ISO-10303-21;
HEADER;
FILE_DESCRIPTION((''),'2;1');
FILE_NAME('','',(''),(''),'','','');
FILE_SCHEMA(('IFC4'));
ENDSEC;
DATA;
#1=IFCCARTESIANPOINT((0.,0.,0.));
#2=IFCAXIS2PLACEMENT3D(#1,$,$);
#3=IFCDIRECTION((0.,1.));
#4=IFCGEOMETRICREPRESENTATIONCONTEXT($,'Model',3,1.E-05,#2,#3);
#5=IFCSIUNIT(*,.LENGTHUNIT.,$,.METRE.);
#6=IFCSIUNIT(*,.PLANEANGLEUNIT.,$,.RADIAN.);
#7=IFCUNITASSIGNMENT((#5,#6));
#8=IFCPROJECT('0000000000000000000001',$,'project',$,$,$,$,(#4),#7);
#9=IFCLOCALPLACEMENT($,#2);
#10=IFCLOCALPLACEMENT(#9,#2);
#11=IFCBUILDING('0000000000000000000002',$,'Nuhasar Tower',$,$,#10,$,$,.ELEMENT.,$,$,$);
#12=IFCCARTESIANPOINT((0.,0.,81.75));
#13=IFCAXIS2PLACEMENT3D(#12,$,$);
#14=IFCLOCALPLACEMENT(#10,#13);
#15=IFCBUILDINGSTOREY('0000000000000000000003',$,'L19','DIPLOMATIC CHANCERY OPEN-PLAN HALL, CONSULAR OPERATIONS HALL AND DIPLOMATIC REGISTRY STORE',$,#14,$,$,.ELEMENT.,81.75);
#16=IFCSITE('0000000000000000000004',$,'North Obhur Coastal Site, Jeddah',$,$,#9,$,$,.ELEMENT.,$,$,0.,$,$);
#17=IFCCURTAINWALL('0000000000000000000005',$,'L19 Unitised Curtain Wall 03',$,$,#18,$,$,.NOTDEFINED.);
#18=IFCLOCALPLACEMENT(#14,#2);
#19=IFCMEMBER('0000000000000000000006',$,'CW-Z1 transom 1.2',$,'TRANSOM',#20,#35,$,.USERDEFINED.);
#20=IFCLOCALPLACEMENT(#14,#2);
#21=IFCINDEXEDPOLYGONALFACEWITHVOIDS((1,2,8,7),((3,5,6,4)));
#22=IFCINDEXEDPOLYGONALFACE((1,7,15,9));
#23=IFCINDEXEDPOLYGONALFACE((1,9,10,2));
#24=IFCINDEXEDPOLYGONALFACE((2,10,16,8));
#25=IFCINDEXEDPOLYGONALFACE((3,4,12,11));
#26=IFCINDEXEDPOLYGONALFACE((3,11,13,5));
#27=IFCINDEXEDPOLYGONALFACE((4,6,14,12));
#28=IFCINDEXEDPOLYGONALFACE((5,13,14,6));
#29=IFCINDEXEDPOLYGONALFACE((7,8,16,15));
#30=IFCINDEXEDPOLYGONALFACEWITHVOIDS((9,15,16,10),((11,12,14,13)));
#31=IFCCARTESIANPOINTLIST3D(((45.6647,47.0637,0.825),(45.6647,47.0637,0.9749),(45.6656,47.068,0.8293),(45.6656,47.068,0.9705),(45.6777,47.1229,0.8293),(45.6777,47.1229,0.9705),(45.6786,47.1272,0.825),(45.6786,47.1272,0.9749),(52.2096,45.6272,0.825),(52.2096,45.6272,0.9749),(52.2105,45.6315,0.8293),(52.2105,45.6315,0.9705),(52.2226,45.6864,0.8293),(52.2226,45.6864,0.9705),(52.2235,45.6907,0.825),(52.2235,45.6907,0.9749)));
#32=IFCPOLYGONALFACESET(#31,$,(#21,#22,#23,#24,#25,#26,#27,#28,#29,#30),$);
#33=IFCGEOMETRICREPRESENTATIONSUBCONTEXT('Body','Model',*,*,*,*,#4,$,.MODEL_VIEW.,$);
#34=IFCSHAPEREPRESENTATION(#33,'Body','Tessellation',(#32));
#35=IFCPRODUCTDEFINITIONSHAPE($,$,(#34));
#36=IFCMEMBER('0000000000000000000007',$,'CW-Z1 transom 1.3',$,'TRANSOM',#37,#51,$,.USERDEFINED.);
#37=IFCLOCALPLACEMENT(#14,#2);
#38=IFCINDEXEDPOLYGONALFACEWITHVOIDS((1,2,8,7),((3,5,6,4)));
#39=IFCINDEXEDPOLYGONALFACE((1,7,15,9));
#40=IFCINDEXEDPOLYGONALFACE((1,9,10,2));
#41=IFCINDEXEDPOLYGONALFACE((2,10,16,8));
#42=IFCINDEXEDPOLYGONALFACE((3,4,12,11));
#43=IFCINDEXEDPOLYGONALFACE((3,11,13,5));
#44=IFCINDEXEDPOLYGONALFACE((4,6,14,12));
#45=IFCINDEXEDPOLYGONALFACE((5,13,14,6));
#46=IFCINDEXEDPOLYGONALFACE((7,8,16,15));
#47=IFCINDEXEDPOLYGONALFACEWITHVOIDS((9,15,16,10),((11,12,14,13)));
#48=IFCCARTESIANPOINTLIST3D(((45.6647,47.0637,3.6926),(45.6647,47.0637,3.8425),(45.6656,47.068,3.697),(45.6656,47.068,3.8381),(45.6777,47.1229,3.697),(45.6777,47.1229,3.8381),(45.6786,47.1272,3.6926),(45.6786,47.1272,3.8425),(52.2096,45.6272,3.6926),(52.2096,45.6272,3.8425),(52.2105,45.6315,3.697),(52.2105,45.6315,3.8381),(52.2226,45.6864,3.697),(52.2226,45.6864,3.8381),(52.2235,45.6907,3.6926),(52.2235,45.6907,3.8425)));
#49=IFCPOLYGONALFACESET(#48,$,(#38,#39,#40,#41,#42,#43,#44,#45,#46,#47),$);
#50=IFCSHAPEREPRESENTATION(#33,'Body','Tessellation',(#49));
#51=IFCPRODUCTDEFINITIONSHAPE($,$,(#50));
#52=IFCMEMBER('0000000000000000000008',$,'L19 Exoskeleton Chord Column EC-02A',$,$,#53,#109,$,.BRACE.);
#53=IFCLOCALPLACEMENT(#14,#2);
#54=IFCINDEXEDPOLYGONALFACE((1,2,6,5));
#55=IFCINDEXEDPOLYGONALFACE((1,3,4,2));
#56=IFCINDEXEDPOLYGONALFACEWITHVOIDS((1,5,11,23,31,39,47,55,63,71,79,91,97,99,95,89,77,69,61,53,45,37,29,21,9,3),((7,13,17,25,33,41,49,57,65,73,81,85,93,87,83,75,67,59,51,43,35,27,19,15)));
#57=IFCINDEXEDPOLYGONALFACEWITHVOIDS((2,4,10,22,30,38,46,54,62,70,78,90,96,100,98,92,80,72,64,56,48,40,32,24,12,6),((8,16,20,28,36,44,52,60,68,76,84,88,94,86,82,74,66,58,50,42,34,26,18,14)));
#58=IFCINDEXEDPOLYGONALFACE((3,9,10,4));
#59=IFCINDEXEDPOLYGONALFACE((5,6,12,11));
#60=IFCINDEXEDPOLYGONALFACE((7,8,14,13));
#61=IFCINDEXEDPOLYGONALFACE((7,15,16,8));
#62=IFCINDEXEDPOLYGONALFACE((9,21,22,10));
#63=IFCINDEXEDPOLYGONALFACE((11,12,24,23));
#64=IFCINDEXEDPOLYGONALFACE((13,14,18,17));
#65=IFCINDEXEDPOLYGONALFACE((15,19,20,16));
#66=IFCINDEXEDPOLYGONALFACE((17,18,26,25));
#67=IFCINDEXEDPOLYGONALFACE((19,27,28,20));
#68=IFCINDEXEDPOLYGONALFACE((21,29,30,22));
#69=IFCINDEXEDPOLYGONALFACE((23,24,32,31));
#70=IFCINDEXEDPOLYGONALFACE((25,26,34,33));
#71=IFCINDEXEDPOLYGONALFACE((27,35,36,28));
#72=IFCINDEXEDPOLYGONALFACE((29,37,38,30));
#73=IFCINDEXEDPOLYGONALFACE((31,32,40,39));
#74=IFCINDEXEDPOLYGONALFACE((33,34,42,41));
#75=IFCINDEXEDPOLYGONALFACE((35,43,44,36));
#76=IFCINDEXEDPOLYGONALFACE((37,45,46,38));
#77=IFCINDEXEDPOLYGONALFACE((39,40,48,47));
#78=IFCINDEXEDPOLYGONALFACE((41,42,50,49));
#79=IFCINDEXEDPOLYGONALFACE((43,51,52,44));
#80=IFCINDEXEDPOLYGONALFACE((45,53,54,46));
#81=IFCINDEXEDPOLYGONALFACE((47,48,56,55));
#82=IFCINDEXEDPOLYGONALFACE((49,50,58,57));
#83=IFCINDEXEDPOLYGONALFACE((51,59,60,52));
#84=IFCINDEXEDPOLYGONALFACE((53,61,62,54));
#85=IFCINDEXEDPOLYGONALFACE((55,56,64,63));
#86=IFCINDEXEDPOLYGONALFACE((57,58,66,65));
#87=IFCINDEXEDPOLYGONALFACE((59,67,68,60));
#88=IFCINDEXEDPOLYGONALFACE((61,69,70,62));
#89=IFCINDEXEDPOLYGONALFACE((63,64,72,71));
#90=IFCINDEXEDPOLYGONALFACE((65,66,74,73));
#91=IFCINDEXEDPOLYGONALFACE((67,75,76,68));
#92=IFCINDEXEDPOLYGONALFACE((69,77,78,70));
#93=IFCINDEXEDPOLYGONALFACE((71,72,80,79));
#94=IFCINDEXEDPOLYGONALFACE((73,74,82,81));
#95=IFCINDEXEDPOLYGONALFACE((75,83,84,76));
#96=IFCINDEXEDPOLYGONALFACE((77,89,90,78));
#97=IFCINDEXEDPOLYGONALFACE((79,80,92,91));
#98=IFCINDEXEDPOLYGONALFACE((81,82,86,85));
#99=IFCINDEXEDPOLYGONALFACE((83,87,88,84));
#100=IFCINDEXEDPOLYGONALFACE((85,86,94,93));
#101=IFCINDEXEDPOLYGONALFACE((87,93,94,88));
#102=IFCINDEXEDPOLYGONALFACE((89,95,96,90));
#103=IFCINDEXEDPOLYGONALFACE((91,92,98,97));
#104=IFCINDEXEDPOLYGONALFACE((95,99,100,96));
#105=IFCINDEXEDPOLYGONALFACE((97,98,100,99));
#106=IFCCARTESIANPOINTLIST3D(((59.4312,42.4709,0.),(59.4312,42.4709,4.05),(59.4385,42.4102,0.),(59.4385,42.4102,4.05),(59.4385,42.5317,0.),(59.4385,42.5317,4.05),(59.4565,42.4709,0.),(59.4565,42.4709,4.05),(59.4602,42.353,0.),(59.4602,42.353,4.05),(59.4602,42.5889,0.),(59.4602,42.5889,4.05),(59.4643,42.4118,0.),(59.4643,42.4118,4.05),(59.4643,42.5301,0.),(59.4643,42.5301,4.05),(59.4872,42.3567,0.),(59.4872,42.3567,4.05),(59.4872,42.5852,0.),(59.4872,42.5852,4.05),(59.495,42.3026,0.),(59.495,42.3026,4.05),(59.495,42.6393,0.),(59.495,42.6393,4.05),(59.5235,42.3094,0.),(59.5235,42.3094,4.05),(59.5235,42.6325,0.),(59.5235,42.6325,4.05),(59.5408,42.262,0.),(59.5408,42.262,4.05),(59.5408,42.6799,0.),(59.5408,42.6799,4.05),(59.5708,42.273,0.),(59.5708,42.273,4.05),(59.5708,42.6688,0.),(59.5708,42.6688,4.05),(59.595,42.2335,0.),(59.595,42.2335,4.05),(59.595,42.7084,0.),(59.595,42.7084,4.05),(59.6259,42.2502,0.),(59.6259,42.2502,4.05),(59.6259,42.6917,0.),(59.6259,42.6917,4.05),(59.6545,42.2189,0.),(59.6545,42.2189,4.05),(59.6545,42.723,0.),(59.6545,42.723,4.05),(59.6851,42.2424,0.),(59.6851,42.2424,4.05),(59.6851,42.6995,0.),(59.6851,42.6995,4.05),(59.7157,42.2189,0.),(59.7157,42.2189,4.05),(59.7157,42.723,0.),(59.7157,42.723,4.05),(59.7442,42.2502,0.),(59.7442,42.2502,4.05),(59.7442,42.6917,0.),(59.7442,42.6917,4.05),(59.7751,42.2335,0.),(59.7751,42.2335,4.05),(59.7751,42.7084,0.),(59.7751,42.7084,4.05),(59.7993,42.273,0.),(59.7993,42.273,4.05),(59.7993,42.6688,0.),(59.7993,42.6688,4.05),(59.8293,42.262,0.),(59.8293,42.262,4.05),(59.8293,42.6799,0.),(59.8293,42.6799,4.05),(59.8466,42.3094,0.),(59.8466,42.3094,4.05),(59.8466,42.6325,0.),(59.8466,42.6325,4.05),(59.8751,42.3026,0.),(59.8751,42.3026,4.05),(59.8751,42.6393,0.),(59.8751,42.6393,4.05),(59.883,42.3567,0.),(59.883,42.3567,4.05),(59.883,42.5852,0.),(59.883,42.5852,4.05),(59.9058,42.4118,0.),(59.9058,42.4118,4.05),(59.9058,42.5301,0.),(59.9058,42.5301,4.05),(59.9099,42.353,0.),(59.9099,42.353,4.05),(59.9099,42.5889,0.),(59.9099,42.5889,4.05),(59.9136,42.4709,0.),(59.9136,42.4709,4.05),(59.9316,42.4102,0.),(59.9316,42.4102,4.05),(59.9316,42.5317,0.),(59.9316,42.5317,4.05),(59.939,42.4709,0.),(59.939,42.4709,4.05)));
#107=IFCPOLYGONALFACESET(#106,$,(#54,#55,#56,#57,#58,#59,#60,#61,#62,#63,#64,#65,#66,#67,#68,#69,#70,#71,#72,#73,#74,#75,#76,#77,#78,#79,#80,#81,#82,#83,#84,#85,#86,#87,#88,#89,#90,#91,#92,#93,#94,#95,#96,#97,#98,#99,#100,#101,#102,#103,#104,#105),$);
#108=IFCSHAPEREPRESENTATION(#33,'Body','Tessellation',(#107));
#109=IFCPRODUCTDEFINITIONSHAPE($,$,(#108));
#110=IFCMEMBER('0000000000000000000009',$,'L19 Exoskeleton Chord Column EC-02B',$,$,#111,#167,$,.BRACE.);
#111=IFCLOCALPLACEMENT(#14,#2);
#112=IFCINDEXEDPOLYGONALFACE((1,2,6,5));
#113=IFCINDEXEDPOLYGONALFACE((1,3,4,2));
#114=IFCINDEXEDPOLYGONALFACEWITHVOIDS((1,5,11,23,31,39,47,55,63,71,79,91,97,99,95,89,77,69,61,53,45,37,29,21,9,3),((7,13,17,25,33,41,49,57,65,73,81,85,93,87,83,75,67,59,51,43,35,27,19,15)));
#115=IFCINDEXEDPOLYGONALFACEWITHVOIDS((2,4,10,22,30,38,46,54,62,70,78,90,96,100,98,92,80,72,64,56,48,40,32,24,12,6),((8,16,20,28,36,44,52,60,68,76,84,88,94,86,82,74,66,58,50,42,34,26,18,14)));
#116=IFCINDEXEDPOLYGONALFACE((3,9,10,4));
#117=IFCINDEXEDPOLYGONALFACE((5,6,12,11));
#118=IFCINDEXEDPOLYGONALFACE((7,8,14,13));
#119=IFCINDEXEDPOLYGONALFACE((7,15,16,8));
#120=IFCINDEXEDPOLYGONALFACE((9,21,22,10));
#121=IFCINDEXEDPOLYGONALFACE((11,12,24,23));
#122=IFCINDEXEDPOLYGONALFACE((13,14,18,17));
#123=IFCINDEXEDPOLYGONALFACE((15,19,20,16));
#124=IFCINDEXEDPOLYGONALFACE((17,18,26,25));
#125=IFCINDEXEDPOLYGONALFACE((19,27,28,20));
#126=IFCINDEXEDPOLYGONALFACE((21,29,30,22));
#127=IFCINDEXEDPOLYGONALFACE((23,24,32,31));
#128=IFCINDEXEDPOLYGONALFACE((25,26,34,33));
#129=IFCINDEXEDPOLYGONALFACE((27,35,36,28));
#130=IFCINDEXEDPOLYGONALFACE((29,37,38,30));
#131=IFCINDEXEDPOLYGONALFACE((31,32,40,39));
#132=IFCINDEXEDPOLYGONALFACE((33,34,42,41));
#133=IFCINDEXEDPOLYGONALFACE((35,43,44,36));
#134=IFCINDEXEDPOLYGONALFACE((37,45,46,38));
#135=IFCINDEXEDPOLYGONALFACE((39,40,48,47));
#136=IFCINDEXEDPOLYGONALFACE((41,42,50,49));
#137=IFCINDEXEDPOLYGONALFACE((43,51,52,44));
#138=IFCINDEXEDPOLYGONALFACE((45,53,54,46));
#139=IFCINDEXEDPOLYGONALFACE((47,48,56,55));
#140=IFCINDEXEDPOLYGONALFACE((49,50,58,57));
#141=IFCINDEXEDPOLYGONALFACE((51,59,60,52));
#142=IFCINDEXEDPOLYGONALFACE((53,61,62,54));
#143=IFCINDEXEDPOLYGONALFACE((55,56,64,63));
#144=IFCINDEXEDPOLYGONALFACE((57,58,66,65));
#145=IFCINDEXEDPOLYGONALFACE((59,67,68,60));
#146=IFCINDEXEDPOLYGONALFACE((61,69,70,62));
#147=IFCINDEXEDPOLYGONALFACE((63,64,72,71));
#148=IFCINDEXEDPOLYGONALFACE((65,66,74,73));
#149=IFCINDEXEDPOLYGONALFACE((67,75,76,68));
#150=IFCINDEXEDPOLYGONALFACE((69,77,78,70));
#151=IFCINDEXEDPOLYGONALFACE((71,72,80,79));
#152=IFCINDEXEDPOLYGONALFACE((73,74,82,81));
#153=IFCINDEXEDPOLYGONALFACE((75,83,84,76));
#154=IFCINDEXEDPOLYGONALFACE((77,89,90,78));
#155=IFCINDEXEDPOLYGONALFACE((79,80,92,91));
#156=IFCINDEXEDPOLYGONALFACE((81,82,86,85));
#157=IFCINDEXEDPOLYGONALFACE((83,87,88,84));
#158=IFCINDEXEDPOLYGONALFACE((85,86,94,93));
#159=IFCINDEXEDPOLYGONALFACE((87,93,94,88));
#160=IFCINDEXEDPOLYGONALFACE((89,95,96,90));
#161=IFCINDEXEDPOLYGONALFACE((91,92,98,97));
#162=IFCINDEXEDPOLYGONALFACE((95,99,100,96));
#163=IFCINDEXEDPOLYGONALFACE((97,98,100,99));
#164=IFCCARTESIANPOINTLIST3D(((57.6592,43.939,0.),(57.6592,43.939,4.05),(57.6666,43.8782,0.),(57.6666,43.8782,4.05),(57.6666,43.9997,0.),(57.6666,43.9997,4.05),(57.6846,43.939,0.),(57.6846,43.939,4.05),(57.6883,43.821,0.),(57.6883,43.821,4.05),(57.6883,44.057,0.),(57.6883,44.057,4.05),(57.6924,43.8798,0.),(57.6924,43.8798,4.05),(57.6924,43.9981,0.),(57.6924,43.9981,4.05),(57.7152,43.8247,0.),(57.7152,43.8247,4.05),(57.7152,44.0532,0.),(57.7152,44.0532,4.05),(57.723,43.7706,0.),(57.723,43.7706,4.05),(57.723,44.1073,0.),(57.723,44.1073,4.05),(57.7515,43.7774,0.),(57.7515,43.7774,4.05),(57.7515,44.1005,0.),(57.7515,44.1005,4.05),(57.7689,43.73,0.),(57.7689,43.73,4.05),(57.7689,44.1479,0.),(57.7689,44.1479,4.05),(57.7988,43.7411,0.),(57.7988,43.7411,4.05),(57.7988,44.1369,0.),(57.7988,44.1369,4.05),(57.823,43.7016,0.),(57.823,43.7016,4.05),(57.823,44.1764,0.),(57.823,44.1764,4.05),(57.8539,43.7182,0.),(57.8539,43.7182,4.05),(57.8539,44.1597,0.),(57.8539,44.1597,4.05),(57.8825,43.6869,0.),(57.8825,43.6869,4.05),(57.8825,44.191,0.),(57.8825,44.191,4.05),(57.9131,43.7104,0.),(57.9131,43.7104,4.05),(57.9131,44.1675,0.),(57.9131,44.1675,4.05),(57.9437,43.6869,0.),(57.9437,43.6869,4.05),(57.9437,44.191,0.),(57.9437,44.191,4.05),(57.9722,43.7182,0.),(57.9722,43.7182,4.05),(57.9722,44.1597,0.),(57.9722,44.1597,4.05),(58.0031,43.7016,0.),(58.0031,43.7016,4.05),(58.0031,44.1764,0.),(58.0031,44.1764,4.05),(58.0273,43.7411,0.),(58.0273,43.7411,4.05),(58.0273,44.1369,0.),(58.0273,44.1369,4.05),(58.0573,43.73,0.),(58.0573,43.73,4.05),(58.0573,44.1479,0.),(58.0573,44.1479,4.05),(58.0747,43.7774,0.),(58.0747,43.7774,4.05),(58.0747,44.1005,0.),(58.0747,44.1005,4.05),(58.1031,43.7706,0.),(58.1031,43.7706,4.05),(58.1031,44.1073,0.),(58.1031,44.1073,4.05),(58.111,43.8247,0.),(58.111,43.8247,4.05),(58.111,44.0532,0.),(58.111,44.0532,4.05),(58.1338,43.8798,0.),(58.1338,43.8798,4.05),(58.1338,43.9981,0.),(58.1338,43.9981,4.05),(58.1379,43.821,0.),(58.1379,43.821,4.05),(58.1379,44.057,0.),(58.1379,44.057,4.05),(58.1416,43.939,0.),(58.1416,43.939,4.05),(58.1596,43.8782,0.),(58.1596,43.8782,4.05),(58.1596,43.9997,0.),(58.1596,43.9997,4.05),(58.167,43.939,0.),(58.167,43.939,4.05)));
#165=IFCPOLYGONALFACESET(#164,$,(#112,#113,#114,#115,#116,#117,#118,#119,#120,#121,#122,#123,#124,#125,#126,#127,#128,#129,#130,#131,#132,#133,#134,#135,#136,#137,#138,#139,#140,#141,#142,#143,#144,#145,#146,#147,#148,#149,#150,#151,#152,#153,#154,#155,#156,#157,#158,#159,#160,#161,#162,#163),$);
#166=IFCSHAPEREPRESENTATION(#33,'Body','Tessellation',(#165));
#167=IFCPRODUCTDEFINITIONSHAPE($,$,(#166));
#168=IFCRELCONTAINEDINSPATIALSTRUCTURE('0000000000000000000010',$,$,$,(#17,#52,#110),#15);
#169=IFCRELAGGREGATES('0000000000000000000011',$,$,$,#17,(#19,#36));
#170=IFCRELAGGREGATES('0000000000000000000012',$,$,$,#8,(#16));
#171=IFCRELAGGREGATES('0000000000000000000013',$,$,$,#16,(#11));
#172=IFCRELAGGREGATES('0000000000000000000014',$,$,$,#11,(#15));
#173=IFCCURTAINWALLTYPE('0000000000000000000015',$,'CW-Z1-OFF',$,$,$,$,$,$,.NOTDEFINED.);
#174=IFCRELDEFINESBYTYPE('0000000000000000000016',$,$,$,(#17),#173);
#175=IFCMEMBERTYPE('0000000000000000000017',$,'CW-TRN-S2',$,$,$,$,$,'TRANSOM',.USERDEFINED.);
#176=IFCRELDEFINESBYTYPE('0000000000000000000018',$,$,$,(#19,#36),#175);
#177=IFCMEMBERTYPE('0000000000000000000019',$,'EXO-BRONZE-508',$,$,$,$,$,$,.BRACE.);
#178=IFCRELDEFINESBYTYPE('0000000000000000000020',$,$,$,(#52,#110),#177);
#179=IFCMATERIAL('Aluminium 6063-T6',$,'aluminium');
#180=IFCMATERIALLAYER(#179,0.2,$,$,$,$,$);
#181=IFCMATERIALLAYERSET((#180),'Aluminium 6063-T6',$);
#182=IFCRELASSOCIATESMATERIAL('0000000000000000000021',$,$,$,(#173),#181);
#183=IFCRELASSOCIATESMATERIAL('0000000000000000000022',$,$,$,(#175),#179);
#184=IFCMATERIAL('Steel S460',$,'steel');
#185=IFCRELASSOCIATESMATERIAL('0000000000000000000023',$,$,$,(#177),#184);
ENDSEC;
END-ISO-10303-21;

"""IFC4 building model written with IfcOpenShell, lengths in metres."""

from ifc_helpers import new_model, si_unit, direction, frame, origin, origin_2d, place, context, subcontext, project, spatial, hollow_rectangle, hollow_circle, extrude, material, layer, layer_set, material_profile, profile_set, type_object, element, aggregate, save


model = new_model("IFC4")

# Units and contexts
model_context = context("Model", 3, precision=1e-05, world=origin(), true_north=direction((0.0, 1.0)))
body_context = subcontext(model_context, "Body", "Model", "MODEL_VIEW")
ifc_project = project(units=[si_unit("LENGTHUNIT", "METRE"), si_unit("PLANEANGLEUNIT", "RADIAN")], contexts=[model_context])

# Site, building, storey
site_placement = place(None, origin())
site = spatial("IfcSite", under=ifc_project, at=site_placement, Name="North Obhur Coastal Site, Jeddah", CompositionType="ELEMENT", RefElevation=0.0)
building_placement = place(site_placement, origin())
building = spatial("IfcBuilding", under=site, at=building_placement, Name="Nuhasar Tower", CompositionType="ELEMENT")
storey_placement = place(building_placement, frame((0.0, 0.0, 81.75)))
storey = spatial("IfcBuildingStorey", under=building, at=storey_placement, Name="L19", Description="DIPLOMATIC CHANCERY OPEN-PLAN HALL, CONSULAR OPERATIONS HALL AND DIPLOMATIC REGISTRY STORE", CompositionType="ELEMENT", Elevation=81.75)

# Shared definitions
ifc_material_1 = material(Name="Aluminium 6063-T6", Category="aluminium")
ifc_layer_1 = layer(ifc_material_1, 0.2)
ifc_layer_set_1 = layer_set([ifc_layer_1], Name="Aluminium 6063-T6")
curtain_wall_type = type_object("IfcCurtainWallType", Name="CW-Z1-OFF", PredefinedType="NOTDEFINED", material=ifc_layer_set_1)

# Curtain wall
curtain_wall_1_placement = place(storey_placement, origin())
curtain_wall_1 = element("IfcCurtainWall", 1, at=curtain_wall_1_placement, inside=storey, type_object=curtain_wall_type, Name="L19 Unitised Curtain Wall 03", PredefinedType="NOTDEFINED")

# Members
ifc_material_profile_1 = material_profile(ifc_material_1, hollow_rectangle(XDim=0.0649, YDim=0.1499, WallThickness=0.0044, at=origin_2d()), Name="CWT-2")
ifc_profile_set_1 = profile_set([ifc_material_profile_1], Name="Aluminium 6063-T6")
member_type_1 = type_object("IfcMemberType", Name="CW-TRN-S2", ElementType="TRANSOM", PredefinedType="USERDEFINED", material=ifc_profile_set_1)
member_1_placement = place(storey_placement, frame((52.2166, 45.6589, 0.8999), z_axis=(-0.97675, 0.214384, 0.0), x_axis=(-0.214384, -0.97675, 0.0)))
member_1 = element("IfcMember", 2, at=member_1_placement, type_object=member_type_1, Name="CW-Z1 transom 1.2", ObjectType="TRANSOM", PredefinedType="USERDEFINED", context=body_context, shape_type="SweptSolid", body=[
    extrude(hollow_rectangle(XDim=0.0649, YDim=0.1499, WallThickness=0.0044, at=origin_2d()), origin(), (0.0, 0.0, 1.0), 6.7007),
])
member_2_placement = place(storey_placement, frame((52.2166, 45.6589, 3.7676), z_axis=(-0.97675, 0.214384, 0.0), x_axis=(-0.214384, -0.97675, 0.0)))
member_2 = element("IfcMember", 3, at=member_2_placement, type_object=member_type_1, Name="CW-Z1 transom 1.3", ObjectType="TRANSOM", PredefinedType="USERDEFINED", context=body_context, shape_type="SweptSolid", body=[
    extrude(hollow_rectangle(XDim=0.0649, YDim=0.1499, WallThickness=0.0044, at=origin_2d()), origin(), (0.0, 0.0, 1.0), 6.7007),
])

# Members
ifc_material_2 = material(Name="Steel S460", Category="steel")
ifc_material_profile_2 = material_profile(ifc_material_2, hollow_circle(Radius=0.2539, WallThickness=0.0254, at=origin_2d()), Name="HSS508X25.4")
ifc_profile_set_2 = profile_set([ifc_material_profile_2], Name="Steel S460")
member_type_2 = type_object("IfcMemberType", Name="EXO-BRONZE-508", PredefinedType="BRACE", material=ifc_profile_set_2)
for number, where, z_axis, x_axis, name in (
    (4, (59.6851, 42.4709, 0.0), (0.0, 0.0, 1.0), (1.0, 0.0, 0.0), "L19 Exoskeleton Chord Column EC-02A"),
    (5, (57.9131, 43.939, 0.0), (0.0, 0.0, 1.0), (1.0, 0.0, 0.0), "L19 Exoskeleton Chord Column EC-02B"),
):
    element("IfcMember", number, at=place(storey_placement, frame(where, z_axis=z_axis, x_axis=x_axis)), inside=storey, type_object=member_type_2, Name=name, PredefinedType="BRACE", context=body_context, shape_type="SweptSolid", body=[
        extrude(hollow_circle(Radius=0.2539, WallThickness=0.0254, at=origin_2d()), origin(), (0.0, 0.0, 1.0), 4.05),
    ])

aggregate(curtain_wall_1, [member_1, member_2])

save(model, "model.ifc")
